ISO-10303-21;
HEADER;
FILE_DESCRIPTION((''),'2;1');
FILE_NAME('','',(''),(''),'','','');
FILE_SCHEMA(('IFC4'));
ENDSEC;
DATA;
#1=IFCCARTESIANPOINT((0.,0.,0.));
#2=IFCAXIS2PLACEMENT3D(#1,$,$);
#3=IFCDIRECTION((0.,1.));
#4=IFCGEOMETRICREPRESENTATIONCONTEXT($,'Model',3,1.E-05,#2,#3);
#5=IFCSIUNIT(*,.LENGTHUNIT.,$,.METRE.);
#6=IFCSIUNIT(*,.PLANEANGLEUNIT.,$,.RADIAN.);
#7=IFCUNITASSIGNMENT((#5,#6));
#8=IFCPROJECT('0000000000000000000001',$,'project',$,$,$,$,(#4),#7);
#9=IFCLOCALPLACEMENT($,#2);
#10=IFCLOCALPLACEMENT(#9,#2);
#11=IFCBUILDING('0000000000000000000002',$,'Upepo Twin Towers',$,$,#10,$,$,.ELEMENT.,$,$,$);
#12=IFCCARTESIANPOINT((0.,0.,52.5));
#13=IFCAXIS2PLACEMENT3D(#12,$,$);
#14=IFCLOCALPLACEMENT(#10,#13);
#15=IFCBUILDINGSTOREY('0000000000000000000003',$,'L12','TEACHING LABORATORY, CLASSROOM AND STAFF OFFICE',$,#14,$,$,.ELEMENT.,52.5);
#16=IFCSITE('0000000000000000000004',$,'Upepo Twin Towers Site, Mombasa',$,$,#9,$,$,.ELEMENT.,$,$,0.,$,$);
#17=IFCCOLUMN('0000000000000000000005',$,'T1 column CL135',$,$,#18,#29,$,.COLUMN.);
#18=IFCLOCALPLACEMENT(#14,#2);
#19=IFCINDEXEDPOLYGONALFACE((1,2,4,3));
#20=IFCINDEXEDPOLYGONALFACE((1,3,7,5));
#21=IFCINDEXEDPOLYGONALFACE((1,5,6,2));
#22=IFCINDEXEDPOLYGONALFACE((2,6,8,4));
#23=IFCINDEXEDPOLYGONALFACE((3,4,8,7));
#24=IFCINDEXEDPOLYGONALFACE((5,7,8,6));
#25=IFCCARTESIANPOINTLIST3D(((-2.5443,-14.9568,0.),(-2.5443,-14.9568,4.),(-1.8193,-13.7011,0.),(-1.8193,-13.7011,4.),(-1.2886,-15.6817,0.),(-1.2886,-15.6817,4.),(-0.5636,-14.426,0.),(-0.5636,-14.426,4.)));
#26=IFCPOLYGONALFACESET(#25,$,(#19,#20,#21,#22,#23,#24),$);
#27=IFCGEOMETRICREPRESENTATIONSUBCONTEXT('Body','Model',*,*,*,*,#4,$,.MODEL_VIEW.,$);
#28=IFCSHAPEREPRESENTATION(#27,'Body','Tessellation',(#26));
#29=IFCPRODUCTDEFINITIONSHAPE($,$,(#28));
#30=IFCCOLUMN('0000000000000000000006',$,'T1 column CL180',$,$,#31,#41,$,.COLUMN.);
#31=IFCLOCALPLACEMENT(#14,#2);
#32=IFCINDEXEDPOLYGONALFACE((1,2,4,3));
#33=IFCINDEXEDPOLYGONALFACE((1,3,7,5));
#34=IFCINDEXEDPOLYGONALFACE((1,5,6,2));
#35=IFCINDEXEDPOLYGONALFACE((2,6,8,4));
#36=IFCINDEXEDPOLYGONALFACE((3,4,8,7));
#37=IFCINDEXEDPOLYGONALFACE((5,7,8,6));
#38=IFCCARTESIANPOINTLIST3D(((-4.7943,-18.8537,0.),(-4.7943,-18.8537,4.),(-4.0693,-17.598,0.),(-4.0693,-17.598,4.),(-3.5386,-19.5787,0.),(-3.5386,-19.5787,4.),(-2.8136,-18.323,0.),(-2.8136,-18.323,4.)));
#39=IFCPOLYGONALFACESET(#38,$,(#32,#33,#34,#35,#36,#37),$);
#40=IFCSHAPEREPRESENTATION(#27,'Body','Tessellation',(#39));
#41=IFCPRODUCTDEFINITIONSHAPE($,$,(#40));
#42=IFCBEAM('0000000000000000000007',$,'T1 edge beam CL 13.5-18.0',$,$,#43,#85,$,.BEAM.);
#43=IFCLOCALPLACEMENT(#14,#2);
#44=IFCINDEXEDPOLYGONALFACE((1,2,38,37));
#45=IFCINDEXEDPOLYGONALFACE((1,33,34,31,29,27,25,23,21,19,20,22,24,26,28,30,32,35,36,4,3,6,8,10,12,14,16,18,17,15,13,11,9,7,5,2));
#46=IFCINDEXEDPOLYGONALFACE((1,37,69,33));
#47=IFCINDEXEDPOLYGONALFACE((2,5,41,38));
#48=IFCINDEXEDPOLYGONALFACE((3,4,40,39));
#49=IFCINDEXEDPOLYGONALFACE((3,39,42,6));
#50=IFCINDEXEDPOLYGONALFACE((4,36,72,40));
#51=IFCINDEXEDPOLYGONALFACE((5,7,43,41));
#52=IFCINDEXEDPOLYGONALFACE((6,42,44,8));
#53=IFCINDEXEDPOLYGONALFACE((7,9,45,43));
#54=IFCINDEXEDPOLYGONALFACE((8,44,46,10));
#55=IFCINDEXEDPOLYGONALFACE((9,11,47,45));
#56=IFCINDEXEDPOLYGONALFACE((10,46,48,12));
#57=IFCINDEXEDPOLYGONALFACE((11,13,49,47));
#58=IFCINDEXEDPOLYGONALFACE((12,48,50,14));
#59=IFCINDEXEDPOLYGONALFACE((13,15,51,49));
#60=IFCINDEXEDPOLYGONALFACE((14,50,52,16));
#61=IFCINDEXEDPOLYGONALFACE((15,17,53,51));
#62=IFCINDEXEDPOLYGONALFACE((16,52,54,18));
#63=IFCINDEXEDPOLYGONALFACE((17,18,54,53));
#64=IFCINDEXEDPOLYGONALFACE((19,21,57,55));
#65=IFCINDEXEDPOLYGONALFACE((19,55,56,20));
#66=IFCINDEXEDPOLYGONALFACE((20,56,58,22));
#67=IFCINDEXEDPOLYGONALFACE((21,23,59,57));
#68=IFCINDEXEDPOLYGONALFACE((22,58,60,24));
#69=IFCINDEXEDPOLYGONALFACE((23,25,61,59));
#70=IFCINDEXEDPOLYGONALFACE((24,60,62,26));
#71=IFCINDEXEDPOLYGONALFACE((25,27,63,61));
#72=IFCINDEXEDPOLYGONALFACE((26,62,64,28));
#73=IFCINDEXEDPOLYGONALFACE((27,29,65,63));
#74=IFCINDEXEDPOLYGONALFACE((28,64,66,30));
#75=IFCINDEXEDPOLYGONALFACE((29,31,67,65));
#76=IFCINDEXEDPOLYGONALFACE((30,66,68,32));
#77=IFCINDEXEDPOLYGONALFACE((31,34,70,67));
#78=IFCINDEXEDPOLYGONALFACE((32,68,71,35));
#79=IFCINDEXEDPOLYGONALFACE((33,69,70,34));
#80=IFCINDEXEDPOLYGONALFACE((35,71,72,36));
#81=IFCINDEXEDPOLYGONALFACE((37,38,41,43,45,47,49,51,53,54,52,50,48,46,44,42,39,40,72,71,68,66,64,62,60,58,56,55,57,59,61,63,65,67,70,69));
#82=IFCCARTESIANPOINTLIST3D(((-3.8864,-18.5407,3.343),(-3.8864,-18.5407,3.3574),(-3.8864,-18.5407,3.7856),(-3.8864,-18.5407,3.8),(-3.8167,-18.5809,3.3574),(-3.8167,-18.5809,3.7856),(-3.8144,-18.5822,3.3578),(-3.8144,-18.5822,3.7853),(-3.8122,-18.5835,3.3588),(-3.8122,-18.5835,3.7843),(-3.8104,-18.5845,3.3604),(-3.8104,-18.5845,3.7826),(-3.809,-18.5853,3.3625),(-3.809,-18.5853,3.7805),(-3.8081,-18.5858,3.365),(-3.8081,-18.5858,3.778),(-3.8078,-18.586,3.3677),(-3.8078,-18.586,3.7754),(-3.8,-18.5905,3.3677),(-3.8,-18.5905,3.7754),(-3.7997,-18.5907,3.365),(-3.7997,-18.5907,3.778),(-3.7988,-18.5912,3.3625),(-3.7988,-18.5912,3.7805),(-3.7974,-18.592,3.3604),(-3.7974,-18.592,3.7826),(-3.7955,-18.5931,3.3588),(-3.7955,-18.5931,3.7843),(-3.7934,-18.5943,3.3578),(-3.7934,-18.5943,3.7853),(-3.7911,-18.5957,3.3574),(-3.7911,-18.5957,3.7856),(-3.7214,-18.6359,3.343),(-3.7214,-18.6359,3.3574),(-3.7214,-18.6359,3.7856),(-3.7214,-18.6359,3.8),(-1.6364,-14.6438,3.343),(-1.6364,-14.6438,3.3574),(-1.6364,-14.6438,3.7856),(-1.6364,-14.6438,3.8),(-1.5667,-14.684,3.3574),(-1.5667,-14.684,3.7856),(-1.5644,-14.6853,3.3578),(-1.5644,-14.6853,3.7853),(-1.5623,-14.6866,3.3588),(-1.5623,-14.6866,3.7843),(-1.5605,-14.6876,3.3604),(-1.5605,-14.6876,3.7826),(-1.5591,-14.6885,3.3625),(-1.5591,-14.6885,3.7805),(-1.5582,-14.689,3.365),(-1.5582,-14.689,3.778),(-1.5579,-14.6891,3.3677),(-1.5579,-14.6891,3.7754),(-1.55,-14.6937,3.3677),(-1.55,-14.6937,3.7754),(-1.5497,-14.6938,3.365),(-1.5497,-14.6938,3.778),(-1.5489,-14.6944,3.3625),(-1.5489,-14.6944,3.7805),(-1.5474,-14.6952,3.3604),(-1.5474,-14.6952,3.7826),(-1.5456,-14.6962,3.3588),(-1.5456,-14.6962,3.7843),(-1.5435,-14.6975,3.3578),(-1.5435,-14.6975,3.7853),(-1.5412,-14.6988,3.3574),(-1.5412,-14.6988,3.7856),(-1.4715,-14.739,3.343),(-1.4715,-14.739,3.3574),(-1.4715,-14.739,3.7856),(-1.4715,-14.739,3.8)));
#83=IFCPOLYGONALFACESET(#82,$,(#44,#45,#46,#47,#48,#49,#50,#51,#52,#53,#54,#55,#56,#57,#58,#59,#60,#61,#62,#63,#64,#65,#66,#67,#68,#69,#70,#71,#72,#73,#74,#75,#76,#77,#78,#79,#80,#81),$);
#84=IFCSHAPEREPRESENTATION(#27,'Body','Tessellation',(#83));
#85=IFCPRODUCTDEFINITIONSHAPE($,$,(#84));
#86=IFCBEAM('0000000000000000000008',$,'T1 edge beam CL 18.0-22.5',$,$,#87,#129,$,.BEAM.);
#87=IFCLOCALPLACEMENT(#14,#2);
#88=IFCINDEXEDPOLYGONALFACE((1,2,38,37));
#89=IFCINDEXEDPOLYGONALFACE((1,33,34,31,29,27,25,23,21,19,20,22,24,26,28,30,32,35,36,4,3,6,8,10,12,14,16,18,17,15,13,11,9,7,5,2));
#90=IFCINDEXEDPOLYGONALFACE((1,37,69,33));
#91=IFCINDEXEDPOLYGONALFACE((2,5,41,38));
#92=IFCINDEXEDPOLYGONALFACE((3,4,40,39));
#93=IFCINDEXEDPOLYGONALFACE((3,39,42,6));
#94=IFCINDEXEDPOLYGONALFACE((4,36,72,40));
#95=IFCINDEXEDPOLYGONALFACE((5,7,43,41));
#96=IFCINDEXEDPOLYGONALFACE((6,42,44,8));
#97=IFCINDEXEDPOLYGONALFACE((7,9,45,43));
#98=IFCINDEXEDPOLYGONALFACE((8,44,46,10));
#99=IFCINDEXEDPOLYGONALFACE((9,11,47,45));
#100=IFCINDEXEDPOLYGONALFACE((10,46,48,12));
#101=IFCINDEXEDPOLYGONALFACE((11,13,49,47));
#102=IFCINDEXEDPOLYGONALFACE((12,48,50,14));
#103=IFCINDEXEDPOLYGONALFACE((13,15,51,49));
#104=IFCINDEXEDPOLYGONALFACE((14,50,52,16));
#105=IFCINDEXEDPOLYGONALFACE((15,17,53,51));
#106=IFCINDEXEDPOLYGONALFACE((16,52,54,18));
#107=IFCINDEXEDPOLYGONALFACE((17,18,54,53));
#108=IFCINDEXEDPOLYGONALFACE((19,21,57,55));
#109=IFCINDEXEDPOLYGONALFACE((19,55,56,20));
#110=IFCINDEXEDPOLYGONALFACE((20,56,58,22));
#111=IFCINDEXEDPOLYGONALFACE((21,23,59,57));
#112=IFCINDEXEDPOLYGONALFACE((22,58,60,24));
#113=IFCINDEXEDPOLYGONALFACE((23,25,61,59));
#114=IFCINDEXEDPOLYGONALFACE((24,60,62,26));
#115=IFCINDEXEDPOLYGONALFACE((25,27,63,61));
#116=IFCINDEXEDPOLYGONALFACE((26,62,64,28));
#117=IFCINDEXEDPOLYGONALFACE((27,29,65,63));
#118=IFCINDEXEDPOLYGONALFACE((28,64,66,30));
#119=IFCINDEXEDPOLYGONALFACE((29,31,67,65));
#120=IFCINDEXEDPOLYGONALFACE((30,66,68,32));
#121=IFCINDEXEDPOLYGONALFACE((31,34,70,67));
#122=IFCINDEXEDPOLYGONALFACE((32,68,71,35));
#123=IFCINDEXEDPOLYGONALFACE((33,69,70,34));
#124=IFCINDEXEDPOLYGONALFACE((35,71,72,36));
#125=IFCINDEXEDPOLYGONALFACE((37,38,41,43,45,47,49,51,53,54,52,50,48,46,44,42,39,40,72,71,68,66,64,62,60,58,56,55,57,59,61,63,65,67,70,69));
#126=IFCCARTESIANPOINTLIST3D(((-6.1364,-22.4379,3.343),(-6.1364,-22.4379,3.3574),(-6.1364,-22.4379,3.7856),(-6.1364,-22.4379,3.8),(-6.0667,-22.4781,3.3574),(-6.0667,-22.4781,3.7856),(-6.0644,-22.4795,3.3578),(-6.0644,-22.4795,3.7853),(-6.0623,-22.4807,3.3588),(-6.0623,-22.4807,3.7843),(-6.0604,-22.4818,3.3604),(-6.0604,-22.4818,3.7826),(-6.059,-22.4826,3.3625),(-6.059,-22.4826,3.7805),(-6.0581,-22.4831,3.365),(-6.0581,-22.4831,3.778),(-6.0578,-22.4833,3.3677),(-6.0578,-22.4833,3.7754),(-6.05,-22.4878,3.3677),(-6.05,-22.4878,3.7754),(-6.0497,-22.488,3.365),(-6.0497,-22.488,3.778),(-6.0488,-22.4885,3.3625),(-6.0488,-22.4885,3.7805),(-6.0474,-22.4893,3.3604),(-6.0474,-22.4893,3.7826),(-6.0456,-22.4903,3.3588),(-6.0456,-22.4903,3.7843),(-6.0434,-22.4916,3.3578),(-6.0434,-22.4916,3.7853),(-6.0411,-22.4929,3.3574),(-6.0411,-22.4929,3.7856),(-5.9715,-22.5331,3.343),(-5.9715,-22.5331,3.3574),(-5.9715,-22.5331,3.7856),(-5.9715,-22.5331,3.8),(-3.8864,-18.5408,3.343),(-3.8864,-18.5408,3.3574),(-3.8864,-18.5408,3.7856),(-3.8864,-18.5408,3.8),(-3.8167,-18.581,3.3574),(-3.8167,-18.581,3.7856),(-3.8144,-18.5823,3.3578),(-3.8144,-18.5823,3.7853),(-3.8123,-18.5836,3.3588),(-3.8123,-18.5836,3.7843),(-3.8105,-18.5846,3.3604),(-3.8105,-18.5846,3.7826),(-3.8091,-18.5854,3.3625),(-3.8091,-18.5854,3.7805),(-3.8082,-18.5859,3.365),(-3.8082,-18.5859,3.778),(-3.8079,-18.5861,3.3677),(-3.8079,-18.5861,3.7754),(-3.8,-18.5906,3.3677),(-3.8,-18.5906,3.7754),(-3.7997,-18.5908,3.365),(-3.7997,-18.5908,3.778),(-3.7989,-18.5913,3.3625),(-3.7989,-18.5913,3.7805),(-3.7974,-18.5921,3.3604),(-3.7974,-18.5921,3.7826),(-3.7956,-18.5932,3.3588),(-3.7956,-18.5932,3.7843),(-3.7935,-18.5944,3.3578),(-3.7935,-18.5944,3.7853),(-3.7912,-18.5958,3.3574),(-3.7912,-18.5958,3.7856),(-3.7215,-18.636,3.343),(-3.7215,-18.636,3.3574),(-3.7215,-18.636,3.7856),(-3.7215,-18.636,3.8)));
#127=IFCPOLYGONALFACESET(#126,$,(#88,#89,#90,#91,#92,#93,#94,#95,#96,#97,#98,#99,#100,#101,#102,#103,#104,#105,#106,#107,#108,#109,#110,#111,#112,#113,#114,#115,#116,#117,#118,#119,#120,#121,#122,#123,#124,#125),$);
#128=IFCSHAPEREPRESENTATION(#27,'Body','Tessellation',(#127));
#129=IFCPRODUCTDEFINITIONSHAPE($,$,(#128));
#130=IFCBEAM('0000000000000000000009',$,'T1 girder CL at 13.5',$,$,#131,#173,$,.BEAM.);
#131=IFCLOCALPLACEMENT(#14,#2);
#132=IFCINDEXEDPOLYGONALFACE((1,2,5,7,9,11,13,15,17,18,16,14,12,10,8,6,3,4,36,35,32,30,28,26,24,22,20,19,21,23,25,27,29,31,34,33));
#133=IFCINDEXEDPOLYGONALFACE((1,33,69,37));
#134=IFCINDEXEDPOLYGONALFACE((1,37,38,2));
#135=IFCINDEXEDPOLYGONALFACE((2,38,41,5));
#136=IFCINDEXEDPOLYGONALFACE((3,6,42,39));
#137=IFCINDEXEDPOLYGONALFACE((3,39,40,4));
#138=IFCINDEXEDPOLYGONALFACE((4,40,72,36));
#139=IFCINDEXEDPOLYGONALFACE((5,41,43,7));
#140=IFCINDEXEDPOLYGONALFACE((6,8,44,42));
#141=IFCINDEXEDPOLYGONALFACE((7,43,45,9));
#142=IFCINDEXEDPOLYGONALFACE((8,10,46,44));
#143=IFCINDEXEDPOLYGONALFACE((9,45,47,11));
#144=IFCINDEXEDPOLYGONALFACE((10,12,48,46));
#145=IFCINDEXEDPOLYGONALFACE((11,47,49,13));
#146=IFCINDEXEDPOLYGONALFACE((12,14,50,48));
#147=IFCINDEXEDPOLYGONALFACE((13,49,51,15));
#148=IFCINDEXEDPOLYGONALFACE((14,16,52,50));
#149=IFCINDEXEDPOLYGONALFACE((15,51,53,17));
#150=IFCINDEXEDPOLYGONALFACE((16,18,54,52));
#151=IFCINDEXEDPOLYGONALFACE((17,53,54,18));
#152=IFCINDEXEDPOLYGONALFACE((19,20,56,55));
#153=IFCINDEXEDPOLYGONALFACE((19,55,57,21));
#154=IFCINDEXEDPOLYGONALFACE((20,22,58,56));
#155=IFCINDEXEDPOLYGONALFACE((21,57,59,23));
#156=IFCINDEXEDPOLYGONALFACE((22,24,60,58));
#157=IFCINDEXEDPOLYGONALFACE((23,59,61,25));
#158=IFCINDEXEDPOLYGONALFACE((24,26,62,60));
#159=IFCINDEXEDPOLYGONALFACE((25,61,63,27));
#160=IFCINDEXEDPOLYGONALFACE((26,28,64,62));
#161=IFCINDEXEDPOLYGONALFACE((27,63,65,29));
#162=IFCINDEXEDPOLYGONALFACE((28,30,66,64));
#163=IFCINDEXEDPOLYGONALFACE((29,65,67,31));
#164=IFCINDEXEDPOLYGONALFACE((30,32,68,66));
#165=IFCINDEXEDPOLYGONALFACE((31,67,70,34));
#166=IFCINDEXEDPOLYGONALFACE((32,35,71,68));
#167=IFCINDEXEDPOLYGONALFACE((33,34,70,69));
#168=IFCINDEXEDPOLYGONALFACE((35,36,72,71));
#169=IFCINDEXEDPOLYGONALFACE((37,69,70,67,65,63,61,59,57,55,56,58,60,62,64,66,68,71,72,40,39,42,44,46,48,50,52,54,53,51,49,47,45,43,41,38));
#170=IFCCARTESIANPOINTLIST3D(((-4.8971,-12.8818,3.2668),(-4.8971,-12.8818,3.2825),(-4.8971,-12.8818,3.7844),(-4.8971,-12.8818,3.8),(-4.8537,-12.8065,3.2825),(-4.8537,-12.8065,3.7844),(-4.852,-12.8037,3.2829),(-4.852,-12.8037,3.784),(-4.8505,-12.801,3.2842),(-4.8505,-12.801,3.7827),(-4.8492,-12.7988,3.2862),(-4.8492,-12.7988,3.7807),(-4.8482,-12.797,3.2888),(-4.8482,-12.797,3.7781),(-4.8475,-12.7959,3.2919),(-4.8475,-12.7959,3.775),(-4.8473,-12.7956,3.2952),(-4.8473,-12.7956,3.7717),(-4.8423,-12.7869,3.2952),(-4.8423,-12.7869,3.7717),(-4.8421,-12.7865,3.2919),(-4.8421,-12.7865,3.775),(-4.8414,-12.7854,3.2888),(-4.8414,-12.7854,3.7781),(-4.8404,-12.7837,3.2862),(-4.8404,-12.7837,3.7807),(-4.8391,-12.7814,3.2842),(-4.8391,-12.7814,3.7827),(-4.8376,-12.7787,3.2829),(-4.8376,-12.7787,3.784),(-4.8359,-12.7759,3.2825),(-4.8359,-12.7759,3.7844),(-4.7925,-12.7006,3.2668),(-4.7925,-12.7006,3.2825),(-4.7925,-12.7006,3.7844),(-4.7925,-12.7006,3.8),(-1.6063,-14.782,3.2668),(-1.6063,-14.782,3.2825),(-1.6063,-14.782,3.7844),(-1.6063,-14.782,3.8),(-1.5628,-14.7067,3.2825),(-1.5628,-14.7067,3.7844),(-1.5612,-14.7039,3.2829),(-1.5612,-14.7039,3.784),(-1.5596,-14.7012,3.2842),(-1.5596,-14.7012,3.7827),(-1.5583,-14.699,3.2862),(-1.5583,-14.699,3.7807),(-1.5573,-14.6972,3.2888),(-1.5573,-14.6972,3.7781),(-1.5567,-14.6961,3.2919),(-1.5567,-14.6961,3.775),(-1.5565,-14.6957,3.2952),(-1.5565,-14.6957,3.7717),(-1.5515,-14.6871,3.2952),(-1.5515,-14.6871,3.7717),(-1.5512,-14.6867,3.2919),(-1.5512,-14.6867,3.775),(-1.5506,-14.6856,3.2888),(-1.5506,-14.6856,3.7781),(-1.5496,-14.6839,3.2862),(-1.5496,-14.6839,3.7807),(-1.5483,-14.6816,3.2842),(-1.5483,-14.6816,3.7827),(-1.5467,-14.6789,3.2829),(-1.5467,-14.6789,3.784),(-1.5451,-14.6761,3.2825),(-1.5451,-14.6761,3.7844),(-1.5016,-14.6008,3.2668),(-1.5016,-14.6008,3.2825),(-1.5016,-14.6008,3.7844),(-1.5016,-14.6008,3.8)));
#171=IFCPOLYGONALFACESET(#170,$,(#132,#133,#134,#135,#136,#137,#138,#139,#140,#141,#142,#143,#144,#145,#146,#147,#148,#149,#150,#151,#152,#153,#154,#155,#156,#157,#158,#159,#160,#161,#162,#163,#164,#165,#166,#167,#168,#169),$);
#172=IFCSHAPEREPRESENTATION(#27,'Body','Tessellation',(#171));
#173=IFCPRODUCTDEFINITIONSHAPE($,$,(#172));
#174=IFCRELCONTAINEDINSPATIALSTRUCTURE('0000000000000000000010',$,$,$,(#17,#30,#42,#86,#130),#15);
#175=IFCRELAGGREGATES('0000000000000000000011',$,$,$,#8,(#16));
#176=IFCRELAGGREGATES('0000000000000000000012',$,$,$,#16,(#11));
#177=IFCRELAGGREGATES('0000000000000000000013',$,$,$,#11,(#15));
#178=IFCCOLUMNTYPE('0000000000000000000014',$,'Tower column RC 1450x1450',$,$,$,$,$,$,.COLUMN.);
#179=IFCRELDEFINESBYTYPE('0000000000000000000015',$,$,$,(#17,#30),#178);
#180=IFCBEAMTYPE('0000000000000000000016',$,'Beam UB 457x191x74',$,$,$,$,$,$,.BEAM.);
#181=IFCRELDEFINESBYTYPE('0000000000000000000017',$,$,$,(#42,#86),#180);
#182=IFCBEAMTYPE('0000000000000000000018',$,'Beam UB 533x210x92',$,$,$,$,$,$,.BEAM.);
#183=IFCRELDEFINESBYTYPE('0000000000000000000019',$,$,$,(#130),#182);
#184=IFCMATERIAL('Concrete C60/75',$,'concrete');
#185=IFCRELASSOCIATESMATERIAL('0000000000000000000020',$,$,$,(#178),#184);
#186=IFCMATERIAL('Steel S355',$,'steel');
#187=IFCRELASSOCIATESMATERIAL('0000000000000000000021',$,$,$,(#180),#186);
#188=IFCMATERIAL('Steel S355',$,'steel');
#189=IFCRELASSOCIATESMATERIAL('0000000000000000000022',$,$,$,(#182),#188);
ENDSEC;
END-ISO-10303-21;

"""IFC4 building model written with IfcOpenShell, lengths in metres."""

from ifc_helpers import new_model, si_unit, direction, frame, origin, origin_2d, place, context, subcontext, project, spatial, rectangle, i_section, extrude, material, material_profile, profile_set, type_object, element, save


model = new_model("IFC4")

# Units and contexts
model_context = context("Model", 3, precision=1e-05, world=origin(), true_north=direction((0.0, 1.0)))
body_context = subcontext(model_context, "Body", "Model", "MODEL_VIEW")
ifc_project = project(units=[si_unit("LENGTHUNIT", "METRE"), si_unit("PLANEANGLEUNIT", "RADIAN")], contexts=[model_context])

# Site, building, storey
site_placement = place(None, origin())
site = spatial("IfcSite", under=ifc_project, at=site_placement, Name="Upepo Twin Towers Site, Mombasa", CompositionType="ELEMENT", RefElevation=0.0)
building_placement = place(site_placement, origin())
building = spatial("IfcBuilding", under=site, at=building_placement, Name="Upepo Twin Towers", CompositionType="ELEMENT")
storey_placement = place(building_placement, frame((0.0, 0.0, 52.5)))
storey = spatial("IfcBuildingStorey", under=building, at=storey_placement, Name="L12", Description="TEACHING LABORATORY, CLASSROOM AND STAFF OFFICE", CompositionType="ELEMENT", Elevation=52.5)

# Columns
ifc_material_1 = material(Name="Concrete C60/75", Category="concrete")
ifc_material_profile_1 = material_profile(ifc_material_1, rectangle(XDim=1.45, YDim=1.45, at=origin_2d()), Name="RC 1450x1450")
ifc_profile_set_1 = profile_set([ifc_material_profile_1], Name="Concrete C60/75")
column_type = type_object("IfcColumnType", Name="Tower column RC 1450x1450", PredefinedType="COLUMN", material=ifc_profile_set_1)
for number, where, z_axis, x_axis, name in (
    (1, (-1.554, -14.6914, 0.0), (0.0, 0.0, 1.0), (0.5, 0.866025, 0.0), "T1 column CL135"),
    (2, (-3.804, -18.5884, 0.0), (0.0, 0.0, 1.0), (0.5, 0.866025, 0.0), "T1 column CL180"),
):
    element("IfcColumn", number, at=place(storey_placement, frame(where, z_axis=z_axis, x_axis=x_axis)), inside=storey, type_object=column_type, Name=name, PredefinedType="COLUMN", context=body_context, shape_type="SweptSolid", body=[
        extrude(rectangle(XDim=1.45, YDim=1.45, at=origin_2d()), origin(), (0.0, 0.0, 1.0), 4.0),
    ])

# Beams
ifc_material_2 = material(Name="Steel S355", Category="steel")
ifc_material_profile_2 = material_profile(ifc_material_2, i_section(OverallWidth=0.1904, OverallDepth=0.457, WebThickness=0.009, FlangeThickness=0.0144, FilletRadius=0.0103, at=origin_2d()), Name="UB 457x191x74")
ifc_profile_set_2 = profile_set([ifc_material_profile_2], Name="Steel S355")
beam_type_1 = type_object("IfcBeamType", Name="Beam UB 457x191x74", PredefinedType="BEAM", material=ifc_profile_set_2)
beam_1_placement = place(storey_placement, frame((-1.554, -14.6914, 3.5715), z_axis=(-0.500014, -0.866018, 0.0), x_axis=(0.866018, -0.500014, 0.0)))
element("IfcBeam", 3, at=beam_1_placement, inside=storey, type_object=beam_type_1, Name="T1 edge beam CL 13.5-18.0", PredefinedType="BEAM", context=body_context, shape_type="SweptSolid", body=[
    extrude(i_section(OverallWidth=0.1904, OverallDepth=0.457, WebThickness=0.009, FlangeThickness=0.0144, FilletRadius=0.0103, at=origin_2d()), origin(), (0.0, 0.0, 1.0), 4.4998),
])
beam_2_placement = place(storey_placement, frame((-3.804, -18.5884, 3.5715), z_axis=(-0.49999, -0.866031, 0.0), x_axis=(0.866031, -0.49999, 0.0)))
element("IfcBeam", 4, at=beam_2_placement, inside=storey, type_object=beam_type_1, Name="T1 edge beam CL 18.0-22.5", PredefinedType="BEAM", context=body_context, shape_type="SweptSolid", body=[
    extrude(i_section(OverallWidth=0.1904, OverallDepth=0.457, WebThickness=0.009, FlangeThickness=0.0144, FilletRadius=0.0103, at=origin_2d()), origin(), (0.0, 0.0, 1.0), 4.5),
])
ifc_material_3 = material(Name="Steel S355", Category="steel")
ifc_material_profile_3 = material_profile(ifc_material_3, i_section(OverallWidth=0.2092, OverallDepth=0.5332, WebThickness=0.01, FlangeThickness=0.0156, FilletRadius=0.0127, at=origin_2d()), Name="UB 533x210x92")
ifc_profile_set_3 = profile_set([ifc_material_profile_3], Name="Steel S355")
beam_type_2 = type_object("IfcBeamType", Name="Beam UB 533x210x92", PredefinedType="BEAM", material=ifc_profile_set_3)
beam_3_placement = place(storey_placement, frame((-1.554, -14.6914, 3.5334), z_axis=(-0.866, 0.500043, 0.0), x_axis=(-0.500043, -0.866, 0.0)))
element("IfcBeam", 5, at=beam_3_placement, inside=storey, type_object=beam_type_2, Name="T1 girder CL at 13.5", PredefinedType="BEAM", context=body_context, shape_type="SweptSolid", body=[
    extrude(i_section(OverallWidth=0.2092, OverallDepth=0.5332, WebThickness=0.01, FlangeThickness=0.0156, FilletRadius=0.0127, at=origin_2d()), origin(), (0.0, 0.0, 1.0), 3.8),
])

save(model, "model.ifc")
